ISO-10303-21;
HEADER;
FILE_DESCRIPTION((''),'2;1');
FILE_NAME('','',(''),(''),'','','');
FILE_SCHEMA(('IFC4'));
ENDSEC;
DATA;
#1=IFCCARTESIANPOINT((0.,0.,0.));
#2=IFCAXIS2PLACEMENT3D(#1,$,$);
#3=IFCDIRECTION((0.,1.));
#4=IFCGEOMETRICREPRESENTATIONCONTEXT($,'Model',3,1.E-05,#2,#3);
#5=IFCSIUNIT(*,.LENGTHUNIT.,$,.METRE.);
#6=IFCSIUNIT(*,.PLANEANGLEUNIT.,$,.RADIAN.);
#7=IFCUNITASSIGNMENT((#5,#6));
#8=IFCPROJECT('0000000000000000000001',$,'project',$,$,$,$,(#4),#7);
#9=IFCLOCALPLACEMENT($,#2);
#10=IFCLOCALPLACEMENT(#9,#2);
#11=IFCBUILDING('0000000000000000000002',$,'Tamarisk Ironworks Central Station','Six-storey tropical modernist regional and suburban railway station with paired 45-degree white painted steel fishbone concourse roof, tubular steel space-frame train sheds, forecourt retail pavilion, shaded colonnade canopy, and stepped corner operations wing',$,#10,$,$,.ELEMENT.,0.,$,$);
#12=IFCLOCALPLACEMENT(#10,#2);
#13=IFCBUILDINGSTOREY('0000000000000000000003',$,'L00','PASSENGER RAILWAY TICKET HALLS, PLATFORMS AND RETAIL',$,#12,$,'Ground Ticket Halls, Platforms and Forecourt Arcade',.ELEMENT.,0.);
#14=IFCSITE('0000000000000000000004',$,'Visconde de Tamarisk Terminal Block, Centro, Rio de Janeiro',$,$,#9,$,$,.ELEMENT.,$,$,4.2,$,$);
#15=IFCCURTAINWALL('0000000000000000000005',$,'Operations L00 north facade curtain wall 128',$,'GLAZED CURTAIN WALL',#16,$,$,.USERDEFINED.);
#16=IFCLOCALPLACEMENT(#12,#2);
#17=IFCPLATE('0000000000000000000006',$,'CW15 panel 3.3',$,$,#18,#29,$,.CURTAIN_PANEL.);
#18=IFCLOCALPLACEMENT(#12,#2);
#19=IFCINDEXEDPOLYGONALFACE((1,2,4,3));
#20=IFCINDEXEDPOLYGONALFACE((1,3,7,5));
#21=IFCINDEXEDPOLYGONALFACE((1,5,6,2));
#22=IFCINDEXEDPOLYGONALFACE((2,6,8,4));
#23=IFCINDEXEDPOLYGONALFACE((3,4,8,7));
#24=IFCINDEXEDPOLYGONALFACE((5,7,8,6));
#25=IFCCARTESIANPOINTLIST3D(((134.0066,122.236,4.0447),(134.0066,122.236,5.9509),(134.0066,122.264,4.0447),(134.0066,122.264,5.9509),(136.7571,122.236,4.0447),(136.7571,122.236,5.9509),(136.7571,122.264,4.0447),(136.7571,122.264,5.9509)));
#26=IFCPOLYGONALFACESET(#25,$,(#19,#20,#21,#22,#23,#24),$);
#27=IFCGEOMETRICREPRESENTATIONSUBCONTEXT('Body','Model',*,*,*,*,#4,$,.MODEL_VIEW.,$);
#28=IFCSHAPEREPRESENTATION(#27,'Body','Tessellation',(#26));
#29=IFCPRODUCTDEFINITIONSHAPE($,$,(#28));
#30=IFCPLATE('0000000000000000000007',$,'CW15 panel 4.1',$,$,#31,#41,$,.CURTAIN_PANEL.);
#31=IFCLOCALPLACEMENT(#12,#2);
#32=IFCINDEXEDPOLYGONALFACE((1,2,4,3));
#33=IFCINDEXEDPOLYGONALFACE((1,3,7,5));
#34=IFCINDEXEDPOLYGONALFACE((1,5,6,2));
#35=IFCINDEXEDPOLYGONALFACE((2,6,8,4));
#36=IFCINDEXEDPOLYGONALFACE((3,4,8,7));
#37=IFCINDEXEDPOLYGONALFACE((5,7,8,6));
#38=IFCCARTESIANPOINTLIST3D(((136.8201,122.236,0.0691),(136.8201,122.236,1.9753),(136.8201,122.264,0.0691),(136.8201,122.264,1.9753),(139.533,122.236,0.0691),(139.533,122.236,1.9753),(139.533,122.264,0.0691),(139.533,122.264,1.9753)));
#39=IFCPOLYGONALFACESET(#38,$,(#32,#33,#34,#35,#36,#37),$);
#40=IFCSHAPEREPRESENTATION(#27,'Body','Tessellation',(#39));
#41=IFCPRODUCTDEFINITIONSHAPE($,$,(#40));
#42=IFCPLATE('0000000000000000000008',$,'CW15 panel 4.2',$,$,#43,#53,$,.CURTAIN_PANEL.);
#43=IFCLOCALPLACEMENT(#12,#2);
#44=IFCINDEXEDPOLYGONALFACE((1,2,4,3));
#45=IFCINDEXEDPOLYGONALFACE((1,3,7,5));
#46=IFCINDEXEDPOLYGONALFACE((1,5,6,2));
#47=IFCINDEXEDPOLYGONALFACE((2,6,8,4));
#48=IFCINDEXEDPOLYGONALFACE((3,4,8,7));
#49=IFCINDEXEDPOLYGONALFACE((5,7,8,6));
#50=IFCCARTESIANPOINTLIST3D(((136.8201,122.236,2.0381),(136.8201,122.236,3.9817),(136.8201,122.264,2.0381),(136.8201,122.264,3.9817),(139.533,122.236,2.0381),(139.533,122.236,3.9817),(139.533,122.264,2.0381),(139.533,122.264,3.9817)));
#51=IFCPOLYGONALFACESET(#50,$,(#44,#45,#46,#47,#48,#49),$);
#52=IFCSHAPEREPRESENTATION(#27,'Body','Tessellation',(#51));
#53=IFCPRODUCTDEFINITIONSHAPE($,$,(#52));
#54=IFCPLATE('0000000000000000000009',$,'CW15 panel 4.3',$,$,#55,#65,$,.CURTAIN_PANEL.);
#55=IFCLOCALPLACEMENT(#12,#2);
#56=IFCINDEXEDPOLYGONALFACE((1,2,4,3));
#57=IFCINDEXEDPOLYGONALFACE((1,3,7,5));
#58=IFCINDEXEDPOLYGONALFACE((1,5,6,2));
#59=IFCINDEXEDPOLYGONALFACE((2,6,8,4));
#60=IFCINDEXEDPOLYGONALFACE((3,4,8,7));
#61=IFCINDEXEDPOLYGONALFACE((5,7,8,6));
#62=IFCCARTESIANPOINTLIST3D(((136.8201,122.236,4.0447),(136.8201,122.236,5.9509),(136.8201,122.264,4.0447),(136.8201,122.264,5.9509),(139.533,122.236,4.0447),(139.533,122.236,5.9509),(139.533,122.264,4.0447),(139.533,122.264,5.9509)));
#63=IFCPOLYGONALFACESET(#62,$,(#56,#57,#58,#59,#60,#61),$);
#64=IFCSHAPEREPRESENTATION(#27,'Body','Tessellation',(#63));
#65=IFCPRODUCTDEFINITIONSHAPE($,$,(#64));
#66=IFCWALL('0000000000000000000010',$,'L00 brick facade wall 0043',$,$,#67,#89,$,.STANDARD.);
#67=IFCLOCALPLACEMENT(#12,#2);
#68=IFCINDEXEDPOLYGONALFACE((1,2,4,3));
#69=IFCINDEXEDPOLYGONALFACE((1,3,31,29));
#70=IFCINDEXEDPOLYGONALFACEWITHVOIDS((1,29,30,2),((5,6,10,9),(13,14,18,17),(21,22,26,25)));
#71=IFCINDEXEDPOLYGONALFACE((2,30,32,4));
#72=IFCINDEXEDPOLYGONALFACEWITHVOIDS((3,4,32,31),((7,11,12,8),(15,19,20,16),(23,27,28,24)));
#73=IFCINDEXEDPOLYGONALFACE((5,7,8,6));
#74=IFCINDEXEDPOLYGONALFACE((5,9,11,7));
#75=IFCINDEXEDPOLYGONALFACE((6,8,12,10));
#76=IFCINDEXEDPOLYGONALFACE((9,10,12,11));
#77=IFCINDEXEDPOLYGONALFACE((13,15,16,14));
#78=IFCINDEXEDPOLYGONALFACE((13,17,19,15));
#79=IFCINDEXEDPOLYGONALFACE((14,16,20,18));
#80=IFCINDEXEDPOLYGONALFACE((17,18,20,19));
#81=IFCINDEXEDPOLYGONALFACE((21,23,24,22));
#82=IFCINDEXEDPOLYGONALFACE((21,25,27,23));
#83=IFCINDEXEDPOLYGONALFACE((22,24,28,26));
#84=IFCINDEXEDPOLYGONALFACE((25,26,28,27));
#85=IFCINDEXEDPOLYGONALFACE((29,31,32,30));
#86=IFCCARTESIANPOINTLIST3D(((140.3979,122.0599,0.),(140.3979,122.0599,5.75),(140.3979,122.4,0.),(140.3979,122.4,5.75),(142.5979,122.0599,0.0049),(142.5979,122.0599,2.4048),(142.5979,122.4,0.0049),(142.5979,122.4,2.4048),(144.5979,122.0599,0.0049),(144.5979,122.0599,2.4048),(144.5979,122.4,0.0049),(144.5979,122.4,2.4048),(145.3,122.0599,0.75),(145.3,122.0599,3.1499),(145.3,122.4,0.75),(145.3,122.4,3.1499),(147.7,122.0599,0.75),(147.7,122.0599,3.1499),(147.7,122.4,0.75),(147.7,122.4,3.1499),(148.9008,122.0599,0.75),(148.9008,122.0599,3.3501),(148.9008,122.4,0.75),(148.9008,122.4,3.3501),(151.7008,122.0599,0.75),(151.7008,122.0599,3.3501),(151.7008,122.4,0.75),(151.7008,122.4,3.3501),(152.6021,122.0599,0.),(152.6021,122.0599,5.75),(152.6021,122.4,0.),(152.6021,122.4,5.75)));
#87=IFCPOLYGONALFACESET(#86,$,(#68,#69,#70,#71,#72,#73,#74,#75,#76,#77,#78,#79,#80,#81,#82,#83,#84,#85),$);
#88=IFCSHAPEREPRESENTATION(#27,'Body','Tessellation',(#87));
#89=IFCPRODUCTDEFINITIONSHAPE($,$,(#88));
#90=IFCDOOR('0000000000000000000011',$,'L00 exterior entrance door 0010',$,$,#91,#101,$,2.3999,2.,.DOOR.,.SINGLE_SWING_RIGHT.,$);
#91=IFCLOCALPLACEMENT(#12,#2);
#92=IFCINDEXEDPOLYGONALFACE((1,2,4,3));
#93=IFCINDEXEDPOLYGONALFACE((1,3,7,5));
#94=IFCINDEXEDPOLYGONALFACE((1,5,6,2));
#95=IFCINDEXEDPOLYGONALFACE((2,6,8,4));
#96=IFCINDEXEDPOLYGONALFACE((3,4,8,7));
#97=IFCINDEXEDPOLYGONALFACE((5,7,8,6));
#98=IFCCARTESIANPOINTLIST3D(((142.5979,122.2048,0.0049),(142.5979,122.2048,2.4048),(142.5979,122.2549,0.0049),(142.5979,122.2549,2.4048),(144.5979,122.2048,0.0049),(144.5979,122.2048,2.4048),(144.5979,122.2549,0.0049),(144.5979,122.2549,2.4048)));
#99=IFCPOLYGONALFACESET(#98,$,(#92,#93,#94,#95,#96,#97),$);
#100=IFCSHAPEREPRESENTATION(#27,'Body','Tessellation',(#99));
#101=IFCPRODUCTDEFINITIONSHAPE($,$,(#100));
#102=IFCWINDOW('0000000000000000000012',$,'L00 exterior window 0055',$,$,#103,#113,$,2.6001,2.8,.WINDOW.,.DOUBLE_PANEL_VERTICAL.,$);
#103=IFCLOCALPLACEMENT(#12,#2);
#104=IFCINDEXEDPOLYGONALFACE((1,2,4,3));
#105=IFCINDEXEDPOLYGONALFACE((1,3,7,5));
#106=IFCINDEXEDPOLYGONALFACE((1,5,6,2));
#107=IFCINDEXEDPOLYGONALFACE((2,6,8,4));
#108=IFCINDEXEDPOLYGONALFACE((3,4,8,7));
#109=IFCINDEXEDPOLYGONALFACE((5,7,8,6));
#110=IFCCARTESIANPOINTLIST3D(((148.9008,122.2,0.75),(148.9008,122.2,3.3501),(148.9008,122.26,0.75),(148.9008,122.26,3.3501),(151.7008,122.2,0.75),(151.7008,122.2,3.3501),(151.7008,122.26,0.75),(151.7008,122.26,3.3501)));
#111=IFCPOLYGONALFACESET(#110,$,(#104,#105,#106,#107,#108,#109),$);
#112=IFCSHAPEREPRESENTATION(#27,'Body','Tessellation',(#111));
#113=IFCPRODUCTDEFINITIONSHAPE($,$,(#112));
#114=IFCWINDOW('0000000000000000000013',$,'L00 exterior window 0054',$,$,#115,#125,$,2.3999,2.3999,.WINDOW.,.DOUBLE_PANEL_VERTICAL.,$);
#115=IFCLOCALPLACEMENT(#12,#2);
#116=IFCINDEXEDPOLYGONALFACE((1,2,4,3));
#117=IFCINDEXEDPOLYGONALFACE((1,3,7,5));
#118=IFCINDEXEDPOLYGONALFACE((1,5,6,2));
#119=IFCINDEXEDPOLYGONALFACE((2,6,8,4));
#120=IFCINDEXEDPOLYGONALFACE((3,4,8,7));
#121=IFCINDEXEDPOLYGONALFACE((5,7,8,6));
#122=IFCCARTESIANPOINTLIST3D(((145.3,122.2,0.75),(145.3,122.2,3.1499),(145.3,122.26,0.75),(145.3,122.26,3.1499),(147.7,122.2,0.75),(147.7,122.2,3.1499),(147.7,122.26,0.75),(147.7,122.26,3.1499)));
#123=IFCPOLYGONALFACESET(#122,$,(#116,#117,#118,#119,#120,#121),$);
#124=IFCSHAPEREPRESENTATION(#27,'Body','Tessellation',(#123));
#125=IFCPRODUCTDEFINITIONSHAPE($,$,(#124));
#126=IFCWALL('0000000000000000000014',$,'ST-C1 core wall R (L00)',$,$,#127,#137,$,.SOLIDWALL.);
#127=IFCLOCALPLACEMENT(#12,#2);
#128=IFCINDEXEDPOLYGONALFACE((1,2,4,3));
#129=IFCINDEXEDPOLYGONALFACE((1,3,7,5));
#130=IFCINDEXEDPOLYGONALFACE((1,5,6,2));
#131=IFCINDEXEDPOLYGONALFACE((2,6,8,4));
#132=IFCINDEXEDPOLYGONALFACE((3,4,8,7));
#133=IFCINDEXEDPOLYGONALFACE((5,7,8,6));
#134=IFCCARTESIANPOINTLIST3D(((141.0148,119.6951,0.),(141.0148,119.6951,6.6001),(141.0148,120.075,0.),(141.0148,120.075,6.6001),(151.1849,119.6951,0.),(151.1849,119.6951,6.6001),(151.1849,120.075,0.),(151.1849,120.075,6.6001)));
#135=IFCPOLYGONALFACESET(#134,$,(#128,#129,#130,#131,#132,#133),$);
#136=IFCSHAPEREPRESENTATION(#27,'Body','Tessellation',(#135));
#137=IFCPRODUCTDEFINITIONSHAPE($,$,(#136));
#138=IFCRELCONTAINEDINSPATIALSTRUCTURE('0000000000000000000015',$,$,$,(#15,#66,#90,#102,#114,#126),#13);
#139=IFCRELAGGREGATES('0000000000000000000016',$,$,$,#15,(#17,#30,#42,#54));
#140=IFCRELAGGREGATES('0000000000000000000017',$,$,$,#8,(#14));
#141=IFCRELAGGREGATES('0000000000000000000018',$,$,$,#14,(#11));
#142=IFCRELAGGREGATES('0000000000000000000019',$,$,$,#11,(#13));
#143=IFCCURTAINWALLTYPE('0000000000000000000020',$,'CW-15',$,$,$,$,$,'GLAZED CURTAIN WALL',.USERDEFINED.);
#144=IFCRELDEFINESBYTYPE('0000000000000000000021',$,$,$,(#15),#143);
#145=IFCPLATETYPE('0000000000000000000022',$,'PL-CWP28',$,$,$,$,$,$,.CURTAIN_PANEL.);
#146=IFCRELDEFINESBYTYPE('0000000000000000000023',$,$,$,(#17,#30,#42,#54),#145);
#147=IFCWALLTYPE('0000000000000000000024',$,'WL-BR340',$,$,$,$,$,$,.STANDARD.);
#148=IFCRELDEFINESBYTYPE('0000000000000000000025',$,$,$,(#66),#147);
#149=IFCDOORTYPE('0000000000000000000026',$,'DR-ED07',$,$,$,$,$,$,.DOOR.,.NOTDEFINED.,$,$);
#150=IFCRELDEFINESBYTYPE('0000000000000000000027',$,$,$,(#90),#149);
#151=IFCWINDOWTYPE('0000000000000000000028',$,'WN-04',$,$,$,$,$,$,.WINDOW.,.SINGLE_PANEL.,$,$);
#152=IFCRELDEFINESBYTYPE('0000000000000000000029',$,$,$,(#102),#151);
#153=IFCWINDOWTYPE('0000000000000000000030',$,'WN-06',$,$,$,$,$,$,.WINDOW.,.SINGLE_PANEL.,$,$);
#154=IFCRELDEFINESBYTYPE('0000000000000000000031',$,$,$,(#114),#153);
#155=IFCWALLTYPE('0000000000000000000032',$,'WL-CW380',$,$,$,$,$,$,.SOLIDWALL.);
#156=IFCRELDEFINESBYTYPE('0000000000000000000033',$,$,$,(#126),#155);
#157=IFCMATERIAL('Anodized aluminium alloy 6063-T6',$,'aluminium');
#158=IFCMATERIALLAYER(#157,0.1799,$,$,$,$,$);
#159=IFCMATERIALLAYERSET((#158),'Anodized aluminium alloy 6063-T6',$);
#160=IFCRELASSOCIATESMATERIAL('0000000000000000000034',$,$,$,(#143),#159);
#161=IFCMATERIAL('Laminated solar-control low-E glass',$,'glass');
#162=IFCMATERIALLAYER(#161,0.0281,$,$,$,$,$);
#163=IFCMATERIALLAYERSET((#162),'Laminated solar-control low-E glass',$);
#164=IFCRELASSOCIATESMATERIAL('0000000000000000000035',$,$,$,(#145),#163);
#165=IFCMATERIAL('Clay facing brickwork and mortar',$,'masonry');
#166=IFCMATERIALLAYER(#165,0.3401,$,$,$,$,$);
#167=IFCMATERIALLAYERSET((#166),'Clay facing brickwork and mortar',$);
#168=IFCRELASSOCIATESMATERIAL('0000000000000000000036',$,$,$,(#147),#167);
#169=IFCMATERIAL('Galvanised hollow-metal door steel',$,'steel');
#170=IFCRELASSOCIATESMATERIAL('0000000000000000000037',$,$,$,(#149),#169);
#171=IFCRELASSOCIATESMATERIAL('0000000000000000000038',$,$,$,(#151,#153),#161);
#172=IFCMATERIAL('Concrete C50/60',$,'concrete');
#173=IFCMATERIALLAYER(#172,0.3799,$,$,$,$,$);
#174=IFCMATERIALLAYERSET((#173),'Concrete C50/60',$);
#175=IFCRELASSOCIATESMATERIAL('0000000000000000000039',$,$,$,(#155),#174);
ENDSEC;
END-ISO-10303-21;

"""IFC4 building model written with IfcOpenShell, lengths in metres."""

from ifc_helpers import new_model, si_unit, direction, frame, frame_2d, origin, origin_2d, place, context, subcontext, project, spatial, rectangle, extrude, material, layer, layer_set, type_object, element, fill, aggregate, save


model = new_model("IFC4")

# Units and contexts
model_context = context("Model", 3, precision=1e-05, world=origin(), true_north=direction((0.0, 1.0)))
body_context = subcontext(model_context, "Body", "Model", "MODEL_VIEW")
ifc_project = project(units=[si_unit("LENGTHUNIT", "METRE"), si_unit("PLANEANGLEUNIT", "RADIAN")], contexts=[model_context])

# Site, building, storey
site_placement = place(None, origin())
site = spatial("IfcSite", under=ifc_project, at=site_placement, Name="Visconde de Tamarisk Terminal Block, Centro, Rio de Janeiro", CompositionType="ELEMENT", RefElevation=4.2)
building_placement = place(site_placement, origin())
building = spatial("IfcBuilding", under=site, at=building_placement, Name="Tamarisk Ironworks Central Station", Description="Six-storey tropical modernist regional and suburban railway station with paired 45-degree white painted steel fishbone concourse roof, tubular steel space-frame train sheds, forecourt retail pavilion, shaded colonnade canopy, and stepped corner operations wing", CompositionType="ELEMENT", ElevationOfRefHeight=0.0)
storey_placement = place(building_placement, origin())
storey = spatial("IfcBuildingStorey", under=building, at=storey_placement, Name="L00", Description="PASSENGER RAILWAY TICKET HALLS, PLATFORMS AND RETAIL", LongName="Ground Ticket Halls, Platforms and Forecourt Arcade", CompositionType="ELEMENT", Elevation=0.0)

# Shared definitions
ifc_material_1 = material(Name="Concrete C50/60", Category="concrete")

# Curtain wall, plates
ifc_material_2 = material(Name="Anodized aluminium alloy 6063-T6", Category="aluminium")
ifc_layer_1 = layer(ifc_material_2, 0.1799)
ifc_layer_set_1 = layer_set([ifc_layer_1], Name="Anodized aluminium alloy 6063-T6")
curtain_wall_type = type_object("IfcCurtainWallType", Name="CW-15", ElementType="GLAZED CURTAIN WALL", PredefinedType="USERDEFINED", material=ifc_layer_set_1)
curtain_wall_placement = place(storey_placement, origin())
curtain_wall = element("IfcCurtainWall", 1, at=curtain_wall_placement, inside=storey, type_object=curtain_wall_type, Name="Operations L00 north facade curtain wall 128", ObjectType="GLAZED CURTAIN WALL", PredefinedType="USERDEFINED")
ifc_material_3 = material(Name="Laminated solar-control low-E glass", Category="glass")
ifc_layer_2 = layer(ifc_material_3, 0.0281)
ifc_layer_set_2 = layer_set([ifc_layer_2], Name="Laminated solar-control low-E glass")
plate_type = type_object("IfcPlateType", Name="PL-CWP28", PredefinedType="CURTAIN_PANEL", material=ifc_layer_set_2)
plate_1_placement = place(storey_placement, frame((135.3818, 122.25, 4.0447), z_axis=(0.0, 0.0, 1.0), x_axis=(1.0, 0.0, 0.0)))
plate_1 = element("IfcPlate", 2, at=plate_1_placement, type_object=plate_type, Name="CW15 panel 3.3", PredefinedType="CURTAIN_PANEL", context=body_context, shape_type="SweptSolid", body=[
    extrude(rectangle(XDim=2.7505, YDim=0.0281, at=origin_2d()), origin(), (0.0, 0.0, 1.0), 1.9062),
])
plate_2_placement = place(storey_placement, frame((138.1765, 122.25, 0.0691), z_axis=(0.0, 0.0, 1.0), x_axis=(1.0, 0.0, 0.0)))
plate_2 = element("IfcPlate", 3, at=plate_2_placement, type_object=plate_type, Name="CW15 panel 4.1", PredefinedType="CURTAIN_PANEL", context=body_context, shape_type="SweptSolid", body=[
    extrude(rectangle(XDim=2.7129, YDim=0.0281, at=origin_2d()), origin(), (0.0, 0.0, 1.0), 1.9062),
])
plate_3_placement = place(storey_placement, frame((138.1765, 122.25, 2.0381), z_axis=(0.0, 0.0, 1.0), x_axis=(1.0, 0.0, 0.0)))
plate_3 = element("IfcPlate", 4, at=plate_3_placement, type_object=plate_type, Name="CW15 panel 4.2", PredefinedType="CURTAIN_PANEL", context=body_context, shape_type="SweptSolid", body=[
    extrude(rectangle(XDim=2.7129, YDim=0.0281, at=origin_2d()), origin(), (0.0, 0.0, 1.0), 1.9436),
])
plate_4_placement = place(storey_placement, frame((138.1765, 122.25, 4.0447), z_axis=(0.0, 0.0, 1.0), x_axis=(1.0, 0.0, 0.0)))
plate_4 = element("IfcPlate", 5, at=plate_4_placement, type_object=plate_type, Name="CW15 panel 4.3", PredefinedType="CURTAIN_PANEL", context=body_context, shape_type="SweptSolid", body=[
    extrude(rectangle(XDim=2.7129, YDim=0.0281, at=origin_2d()), origin(), (0.0, 0.0, 1.0), 1.9062),
])
aggregate(curtain_wall, [plate_1, plate_2, plate_3, plate_4])

# Wall, openings, door, windows
ifc_material_4 = material(Name="Clay facing brickwork and mortar", Category="masonry")
ifc_layer_3 = layer(ifc_material_4, 0.3401)
ifc_layer_set_3 = layer_set([ifc_layer_3], Name="Clay facing brickwork and mortar")
wall_type_1 = type_object("IfcWallType", Name="WL-BR340", PredefinedType="STANDARD", material=ifc_layer_set_3)
wall_1_placement = place(storey_placement, frame((140.3979, 122.23, 0.0), z_axis=(0.0, 0.0, 1.0), x_axis=(1.0, 0.0, 0.0)))
wall_1 = element("IfcWall", 6, at=wall_1_placement, inside=storey, type_object=wall_type_1, Name="L00 brick facade wall 0043", PredefinedType="STANDARD", context=body_context, shape_type="SweptSolid", body=[
    extrude(rectangle(XDim=12.2041, YDim=0.3401, at=frame_2d((6.1021, 0.0))), origin(), (0.0, 0.0, 1.0), 5.75),
])
opening_1_placement = place(wall_1_placement, frame((2.2, 0.0, 0.0049)))
opening_1 = element("IfcOpeningElement", 7, at=opening_1_placement, cuts=wall_1, PredefinedType="OPENING", context=body_context, shape_type="SweptSolid", body=[
    extrude(rectangle(XDim=2.0, YDim=2.3999, at=frame_2d((1.0, 1.2))), frame((0.0, 0.1821, 0.0), z_axis=(0.0, -1.0, 0.0), x_axis=(1.0, 0.0, 0.0)), (0.0, 0.0, 1.0), 0.364),
])
opening_2_placement = place(wall_1_placement, frame((4.9021, 0.0, 0.75)))
opening_2 = element("IfcOpeningElement", 8, at=opening_2_placement, cuts=wall_1, PredefinedType="OPENING", context=body_context, shape_type="SweptSolid", body=[
    extrude(rectangle(XDim=2.3999, YDim=2.3999, at=frame_2d((1.2, 1.2))), frame((0.0, 0.1821, 0.0), z_axis=(0.0, -1.0, 0.0), x_axis=(1.0, 0.0, 0.0)), (0.0, 0.0, 1.0), 0.364),
])
opening_3_placement = place(wall_1_placement, frame((8.5029, 0.0, 0.75)))
opening_3 = element("IfcOpeningElement", 9, at=opening_3_placement, cuts=wall_1, PredefinedType="OPENING", context=body_context, shape_type="SweptSolid", body=[
    extrude(rectangle(XDim=2.8, YDim=2.6001, at=frame_2d((1.3999, 1.3))), frame((0.0, 0.1821, 0.0), z_axis=(0.0, -1.0, 0.0), x_axis=(1.0, 0.0, 0.0)), (0.0, 0.0, 1.0), 0.364),
])
ifc_material_5 = material(Name="Galvanised hollow-metal door steel", Category="steel")
door_type = type_object("IfcDoorType", Name="DR-ED07", OperationType="NOTDEFINED", PredefinedType="DOOR", material=ifc_material_5)
door_placement = place(opening_1_placement, origin())
door = element("IfcDoor", 10, at=door_placement, inside=storey, type_object=door_type, Name="L00 exterior entrance door 0010", OperationType="SINGLE_SWING_RIGHT", OverallHeight=2.3999, OverallWidth=2.0, PredefinedType="DOOR", context=body_context, shape_type="SweptSolid", body=[
    extrude(rectangle(XDim=2.0, YDim=2.3999, at=frame_2d((1.0, 1.2))), frame((0.0, 0.0249, 0.0), z_axis=(0.0, -1.0, 0.0), x_axis=(1.0, 0.0, 0.0)), (0.0, 0.0, 1.0), 0.05),
])
fill(opening_1, door)
window_type_1 = type_object("IfcWindowType", Name="WN-04", PartitioningType="SINGLE_PANEL", PredefinedType="WINDOW", material=ifc_material_3)
window_1_placement = place(opening_3_placement, origin())
window_1 = element("IfcWindow", 11, at=window_1_placement, inside=storey, type_object=window_type_1, Name="L00 exterior window 0055", OverallHeight=2.6001, OverallWidth=2.8, PartitioningType="DOUBLE_PANEL_VERTICAL", PredefinedType="WINDOW", context=body_context, shape_type="SweptSolid", body=[
    extrude(rectangle(XDim=2.8, YDim=2.6001, at=frame_2d((1.3999, 1.3))), frame((0.0, 0.03, 0.0), z_axis=(0.0, -1.0, 0.0), x_axis=(1.0, 0.0, 0.0)), (0.0, 0.0, 1.0), 0.0601),
])
fill(opening_3, window_1)
window_type_2 = type_object("IfcWindowType", Name="WN-06", PartitioningType="SINGLE_PANEL", PredefinedType="WINDOW", material=ifc_material_3)
window_2_placement = place(opening_2_placement, origin())
window_2 = element("IfcWindow", 12, at=window_2_placement, inside=storey, type_object=window_type_2, Name="L00 exterior window 0054", OverallHeight=2.3999, OverallWidth=2.3999, PartitioningType="DOUBLE_PANEL_VERTICAL", PredefinedType="WINDOW", context=body_context, shape_type="SweptSolid", body=[
    extrude(rectangle(XDim=2.3999, YDim=2.3999, at=frame_2d((1.2, 1.2))), frame((0.0, 0.03, 0.0), z_axis=(0.0, -1.0, 0.0), x_axis=(1.0, 0.0, 0.0)), (0.0, 0.0, 1.0), 0.0601),
])
fill(opening_2, window_2)

# Wall
ifc_layer_4 = layer(ifc_material_1, 0.3799)
ifc_layer_set_4 = layer_set([ifc_layer_4], Name="Concrete C50/60")
wall_type_2 = type_object("IfcWallType", Name="WL-CW380", PredefinedType="SOLIDWALL", material=ifc_layer_set_4)
wall_2_placement = place(storey_placement, frame((141.0149, 119.885, 0.0), z_axis=(0.0, 0.0, 1.0), x_axis=(1.0, 0.0, 0.0)))
element("IfcWall", 13, at=wall_2_placement, inside=storey, type_object=wall_type_2, Name="ST-C1 core wall R (L00)", PredefinedType="SOLIDWALL", context=body_context, shape_type="SweptSolid", body=[
    extrude(rectangle(XDim=10.1702, YDim=0.3799, at=frame_2d((5.085, 0.0))), origin(), (0.0, 0.0, 1.0), 6.6001),
])

save(model, "model.ifc")
